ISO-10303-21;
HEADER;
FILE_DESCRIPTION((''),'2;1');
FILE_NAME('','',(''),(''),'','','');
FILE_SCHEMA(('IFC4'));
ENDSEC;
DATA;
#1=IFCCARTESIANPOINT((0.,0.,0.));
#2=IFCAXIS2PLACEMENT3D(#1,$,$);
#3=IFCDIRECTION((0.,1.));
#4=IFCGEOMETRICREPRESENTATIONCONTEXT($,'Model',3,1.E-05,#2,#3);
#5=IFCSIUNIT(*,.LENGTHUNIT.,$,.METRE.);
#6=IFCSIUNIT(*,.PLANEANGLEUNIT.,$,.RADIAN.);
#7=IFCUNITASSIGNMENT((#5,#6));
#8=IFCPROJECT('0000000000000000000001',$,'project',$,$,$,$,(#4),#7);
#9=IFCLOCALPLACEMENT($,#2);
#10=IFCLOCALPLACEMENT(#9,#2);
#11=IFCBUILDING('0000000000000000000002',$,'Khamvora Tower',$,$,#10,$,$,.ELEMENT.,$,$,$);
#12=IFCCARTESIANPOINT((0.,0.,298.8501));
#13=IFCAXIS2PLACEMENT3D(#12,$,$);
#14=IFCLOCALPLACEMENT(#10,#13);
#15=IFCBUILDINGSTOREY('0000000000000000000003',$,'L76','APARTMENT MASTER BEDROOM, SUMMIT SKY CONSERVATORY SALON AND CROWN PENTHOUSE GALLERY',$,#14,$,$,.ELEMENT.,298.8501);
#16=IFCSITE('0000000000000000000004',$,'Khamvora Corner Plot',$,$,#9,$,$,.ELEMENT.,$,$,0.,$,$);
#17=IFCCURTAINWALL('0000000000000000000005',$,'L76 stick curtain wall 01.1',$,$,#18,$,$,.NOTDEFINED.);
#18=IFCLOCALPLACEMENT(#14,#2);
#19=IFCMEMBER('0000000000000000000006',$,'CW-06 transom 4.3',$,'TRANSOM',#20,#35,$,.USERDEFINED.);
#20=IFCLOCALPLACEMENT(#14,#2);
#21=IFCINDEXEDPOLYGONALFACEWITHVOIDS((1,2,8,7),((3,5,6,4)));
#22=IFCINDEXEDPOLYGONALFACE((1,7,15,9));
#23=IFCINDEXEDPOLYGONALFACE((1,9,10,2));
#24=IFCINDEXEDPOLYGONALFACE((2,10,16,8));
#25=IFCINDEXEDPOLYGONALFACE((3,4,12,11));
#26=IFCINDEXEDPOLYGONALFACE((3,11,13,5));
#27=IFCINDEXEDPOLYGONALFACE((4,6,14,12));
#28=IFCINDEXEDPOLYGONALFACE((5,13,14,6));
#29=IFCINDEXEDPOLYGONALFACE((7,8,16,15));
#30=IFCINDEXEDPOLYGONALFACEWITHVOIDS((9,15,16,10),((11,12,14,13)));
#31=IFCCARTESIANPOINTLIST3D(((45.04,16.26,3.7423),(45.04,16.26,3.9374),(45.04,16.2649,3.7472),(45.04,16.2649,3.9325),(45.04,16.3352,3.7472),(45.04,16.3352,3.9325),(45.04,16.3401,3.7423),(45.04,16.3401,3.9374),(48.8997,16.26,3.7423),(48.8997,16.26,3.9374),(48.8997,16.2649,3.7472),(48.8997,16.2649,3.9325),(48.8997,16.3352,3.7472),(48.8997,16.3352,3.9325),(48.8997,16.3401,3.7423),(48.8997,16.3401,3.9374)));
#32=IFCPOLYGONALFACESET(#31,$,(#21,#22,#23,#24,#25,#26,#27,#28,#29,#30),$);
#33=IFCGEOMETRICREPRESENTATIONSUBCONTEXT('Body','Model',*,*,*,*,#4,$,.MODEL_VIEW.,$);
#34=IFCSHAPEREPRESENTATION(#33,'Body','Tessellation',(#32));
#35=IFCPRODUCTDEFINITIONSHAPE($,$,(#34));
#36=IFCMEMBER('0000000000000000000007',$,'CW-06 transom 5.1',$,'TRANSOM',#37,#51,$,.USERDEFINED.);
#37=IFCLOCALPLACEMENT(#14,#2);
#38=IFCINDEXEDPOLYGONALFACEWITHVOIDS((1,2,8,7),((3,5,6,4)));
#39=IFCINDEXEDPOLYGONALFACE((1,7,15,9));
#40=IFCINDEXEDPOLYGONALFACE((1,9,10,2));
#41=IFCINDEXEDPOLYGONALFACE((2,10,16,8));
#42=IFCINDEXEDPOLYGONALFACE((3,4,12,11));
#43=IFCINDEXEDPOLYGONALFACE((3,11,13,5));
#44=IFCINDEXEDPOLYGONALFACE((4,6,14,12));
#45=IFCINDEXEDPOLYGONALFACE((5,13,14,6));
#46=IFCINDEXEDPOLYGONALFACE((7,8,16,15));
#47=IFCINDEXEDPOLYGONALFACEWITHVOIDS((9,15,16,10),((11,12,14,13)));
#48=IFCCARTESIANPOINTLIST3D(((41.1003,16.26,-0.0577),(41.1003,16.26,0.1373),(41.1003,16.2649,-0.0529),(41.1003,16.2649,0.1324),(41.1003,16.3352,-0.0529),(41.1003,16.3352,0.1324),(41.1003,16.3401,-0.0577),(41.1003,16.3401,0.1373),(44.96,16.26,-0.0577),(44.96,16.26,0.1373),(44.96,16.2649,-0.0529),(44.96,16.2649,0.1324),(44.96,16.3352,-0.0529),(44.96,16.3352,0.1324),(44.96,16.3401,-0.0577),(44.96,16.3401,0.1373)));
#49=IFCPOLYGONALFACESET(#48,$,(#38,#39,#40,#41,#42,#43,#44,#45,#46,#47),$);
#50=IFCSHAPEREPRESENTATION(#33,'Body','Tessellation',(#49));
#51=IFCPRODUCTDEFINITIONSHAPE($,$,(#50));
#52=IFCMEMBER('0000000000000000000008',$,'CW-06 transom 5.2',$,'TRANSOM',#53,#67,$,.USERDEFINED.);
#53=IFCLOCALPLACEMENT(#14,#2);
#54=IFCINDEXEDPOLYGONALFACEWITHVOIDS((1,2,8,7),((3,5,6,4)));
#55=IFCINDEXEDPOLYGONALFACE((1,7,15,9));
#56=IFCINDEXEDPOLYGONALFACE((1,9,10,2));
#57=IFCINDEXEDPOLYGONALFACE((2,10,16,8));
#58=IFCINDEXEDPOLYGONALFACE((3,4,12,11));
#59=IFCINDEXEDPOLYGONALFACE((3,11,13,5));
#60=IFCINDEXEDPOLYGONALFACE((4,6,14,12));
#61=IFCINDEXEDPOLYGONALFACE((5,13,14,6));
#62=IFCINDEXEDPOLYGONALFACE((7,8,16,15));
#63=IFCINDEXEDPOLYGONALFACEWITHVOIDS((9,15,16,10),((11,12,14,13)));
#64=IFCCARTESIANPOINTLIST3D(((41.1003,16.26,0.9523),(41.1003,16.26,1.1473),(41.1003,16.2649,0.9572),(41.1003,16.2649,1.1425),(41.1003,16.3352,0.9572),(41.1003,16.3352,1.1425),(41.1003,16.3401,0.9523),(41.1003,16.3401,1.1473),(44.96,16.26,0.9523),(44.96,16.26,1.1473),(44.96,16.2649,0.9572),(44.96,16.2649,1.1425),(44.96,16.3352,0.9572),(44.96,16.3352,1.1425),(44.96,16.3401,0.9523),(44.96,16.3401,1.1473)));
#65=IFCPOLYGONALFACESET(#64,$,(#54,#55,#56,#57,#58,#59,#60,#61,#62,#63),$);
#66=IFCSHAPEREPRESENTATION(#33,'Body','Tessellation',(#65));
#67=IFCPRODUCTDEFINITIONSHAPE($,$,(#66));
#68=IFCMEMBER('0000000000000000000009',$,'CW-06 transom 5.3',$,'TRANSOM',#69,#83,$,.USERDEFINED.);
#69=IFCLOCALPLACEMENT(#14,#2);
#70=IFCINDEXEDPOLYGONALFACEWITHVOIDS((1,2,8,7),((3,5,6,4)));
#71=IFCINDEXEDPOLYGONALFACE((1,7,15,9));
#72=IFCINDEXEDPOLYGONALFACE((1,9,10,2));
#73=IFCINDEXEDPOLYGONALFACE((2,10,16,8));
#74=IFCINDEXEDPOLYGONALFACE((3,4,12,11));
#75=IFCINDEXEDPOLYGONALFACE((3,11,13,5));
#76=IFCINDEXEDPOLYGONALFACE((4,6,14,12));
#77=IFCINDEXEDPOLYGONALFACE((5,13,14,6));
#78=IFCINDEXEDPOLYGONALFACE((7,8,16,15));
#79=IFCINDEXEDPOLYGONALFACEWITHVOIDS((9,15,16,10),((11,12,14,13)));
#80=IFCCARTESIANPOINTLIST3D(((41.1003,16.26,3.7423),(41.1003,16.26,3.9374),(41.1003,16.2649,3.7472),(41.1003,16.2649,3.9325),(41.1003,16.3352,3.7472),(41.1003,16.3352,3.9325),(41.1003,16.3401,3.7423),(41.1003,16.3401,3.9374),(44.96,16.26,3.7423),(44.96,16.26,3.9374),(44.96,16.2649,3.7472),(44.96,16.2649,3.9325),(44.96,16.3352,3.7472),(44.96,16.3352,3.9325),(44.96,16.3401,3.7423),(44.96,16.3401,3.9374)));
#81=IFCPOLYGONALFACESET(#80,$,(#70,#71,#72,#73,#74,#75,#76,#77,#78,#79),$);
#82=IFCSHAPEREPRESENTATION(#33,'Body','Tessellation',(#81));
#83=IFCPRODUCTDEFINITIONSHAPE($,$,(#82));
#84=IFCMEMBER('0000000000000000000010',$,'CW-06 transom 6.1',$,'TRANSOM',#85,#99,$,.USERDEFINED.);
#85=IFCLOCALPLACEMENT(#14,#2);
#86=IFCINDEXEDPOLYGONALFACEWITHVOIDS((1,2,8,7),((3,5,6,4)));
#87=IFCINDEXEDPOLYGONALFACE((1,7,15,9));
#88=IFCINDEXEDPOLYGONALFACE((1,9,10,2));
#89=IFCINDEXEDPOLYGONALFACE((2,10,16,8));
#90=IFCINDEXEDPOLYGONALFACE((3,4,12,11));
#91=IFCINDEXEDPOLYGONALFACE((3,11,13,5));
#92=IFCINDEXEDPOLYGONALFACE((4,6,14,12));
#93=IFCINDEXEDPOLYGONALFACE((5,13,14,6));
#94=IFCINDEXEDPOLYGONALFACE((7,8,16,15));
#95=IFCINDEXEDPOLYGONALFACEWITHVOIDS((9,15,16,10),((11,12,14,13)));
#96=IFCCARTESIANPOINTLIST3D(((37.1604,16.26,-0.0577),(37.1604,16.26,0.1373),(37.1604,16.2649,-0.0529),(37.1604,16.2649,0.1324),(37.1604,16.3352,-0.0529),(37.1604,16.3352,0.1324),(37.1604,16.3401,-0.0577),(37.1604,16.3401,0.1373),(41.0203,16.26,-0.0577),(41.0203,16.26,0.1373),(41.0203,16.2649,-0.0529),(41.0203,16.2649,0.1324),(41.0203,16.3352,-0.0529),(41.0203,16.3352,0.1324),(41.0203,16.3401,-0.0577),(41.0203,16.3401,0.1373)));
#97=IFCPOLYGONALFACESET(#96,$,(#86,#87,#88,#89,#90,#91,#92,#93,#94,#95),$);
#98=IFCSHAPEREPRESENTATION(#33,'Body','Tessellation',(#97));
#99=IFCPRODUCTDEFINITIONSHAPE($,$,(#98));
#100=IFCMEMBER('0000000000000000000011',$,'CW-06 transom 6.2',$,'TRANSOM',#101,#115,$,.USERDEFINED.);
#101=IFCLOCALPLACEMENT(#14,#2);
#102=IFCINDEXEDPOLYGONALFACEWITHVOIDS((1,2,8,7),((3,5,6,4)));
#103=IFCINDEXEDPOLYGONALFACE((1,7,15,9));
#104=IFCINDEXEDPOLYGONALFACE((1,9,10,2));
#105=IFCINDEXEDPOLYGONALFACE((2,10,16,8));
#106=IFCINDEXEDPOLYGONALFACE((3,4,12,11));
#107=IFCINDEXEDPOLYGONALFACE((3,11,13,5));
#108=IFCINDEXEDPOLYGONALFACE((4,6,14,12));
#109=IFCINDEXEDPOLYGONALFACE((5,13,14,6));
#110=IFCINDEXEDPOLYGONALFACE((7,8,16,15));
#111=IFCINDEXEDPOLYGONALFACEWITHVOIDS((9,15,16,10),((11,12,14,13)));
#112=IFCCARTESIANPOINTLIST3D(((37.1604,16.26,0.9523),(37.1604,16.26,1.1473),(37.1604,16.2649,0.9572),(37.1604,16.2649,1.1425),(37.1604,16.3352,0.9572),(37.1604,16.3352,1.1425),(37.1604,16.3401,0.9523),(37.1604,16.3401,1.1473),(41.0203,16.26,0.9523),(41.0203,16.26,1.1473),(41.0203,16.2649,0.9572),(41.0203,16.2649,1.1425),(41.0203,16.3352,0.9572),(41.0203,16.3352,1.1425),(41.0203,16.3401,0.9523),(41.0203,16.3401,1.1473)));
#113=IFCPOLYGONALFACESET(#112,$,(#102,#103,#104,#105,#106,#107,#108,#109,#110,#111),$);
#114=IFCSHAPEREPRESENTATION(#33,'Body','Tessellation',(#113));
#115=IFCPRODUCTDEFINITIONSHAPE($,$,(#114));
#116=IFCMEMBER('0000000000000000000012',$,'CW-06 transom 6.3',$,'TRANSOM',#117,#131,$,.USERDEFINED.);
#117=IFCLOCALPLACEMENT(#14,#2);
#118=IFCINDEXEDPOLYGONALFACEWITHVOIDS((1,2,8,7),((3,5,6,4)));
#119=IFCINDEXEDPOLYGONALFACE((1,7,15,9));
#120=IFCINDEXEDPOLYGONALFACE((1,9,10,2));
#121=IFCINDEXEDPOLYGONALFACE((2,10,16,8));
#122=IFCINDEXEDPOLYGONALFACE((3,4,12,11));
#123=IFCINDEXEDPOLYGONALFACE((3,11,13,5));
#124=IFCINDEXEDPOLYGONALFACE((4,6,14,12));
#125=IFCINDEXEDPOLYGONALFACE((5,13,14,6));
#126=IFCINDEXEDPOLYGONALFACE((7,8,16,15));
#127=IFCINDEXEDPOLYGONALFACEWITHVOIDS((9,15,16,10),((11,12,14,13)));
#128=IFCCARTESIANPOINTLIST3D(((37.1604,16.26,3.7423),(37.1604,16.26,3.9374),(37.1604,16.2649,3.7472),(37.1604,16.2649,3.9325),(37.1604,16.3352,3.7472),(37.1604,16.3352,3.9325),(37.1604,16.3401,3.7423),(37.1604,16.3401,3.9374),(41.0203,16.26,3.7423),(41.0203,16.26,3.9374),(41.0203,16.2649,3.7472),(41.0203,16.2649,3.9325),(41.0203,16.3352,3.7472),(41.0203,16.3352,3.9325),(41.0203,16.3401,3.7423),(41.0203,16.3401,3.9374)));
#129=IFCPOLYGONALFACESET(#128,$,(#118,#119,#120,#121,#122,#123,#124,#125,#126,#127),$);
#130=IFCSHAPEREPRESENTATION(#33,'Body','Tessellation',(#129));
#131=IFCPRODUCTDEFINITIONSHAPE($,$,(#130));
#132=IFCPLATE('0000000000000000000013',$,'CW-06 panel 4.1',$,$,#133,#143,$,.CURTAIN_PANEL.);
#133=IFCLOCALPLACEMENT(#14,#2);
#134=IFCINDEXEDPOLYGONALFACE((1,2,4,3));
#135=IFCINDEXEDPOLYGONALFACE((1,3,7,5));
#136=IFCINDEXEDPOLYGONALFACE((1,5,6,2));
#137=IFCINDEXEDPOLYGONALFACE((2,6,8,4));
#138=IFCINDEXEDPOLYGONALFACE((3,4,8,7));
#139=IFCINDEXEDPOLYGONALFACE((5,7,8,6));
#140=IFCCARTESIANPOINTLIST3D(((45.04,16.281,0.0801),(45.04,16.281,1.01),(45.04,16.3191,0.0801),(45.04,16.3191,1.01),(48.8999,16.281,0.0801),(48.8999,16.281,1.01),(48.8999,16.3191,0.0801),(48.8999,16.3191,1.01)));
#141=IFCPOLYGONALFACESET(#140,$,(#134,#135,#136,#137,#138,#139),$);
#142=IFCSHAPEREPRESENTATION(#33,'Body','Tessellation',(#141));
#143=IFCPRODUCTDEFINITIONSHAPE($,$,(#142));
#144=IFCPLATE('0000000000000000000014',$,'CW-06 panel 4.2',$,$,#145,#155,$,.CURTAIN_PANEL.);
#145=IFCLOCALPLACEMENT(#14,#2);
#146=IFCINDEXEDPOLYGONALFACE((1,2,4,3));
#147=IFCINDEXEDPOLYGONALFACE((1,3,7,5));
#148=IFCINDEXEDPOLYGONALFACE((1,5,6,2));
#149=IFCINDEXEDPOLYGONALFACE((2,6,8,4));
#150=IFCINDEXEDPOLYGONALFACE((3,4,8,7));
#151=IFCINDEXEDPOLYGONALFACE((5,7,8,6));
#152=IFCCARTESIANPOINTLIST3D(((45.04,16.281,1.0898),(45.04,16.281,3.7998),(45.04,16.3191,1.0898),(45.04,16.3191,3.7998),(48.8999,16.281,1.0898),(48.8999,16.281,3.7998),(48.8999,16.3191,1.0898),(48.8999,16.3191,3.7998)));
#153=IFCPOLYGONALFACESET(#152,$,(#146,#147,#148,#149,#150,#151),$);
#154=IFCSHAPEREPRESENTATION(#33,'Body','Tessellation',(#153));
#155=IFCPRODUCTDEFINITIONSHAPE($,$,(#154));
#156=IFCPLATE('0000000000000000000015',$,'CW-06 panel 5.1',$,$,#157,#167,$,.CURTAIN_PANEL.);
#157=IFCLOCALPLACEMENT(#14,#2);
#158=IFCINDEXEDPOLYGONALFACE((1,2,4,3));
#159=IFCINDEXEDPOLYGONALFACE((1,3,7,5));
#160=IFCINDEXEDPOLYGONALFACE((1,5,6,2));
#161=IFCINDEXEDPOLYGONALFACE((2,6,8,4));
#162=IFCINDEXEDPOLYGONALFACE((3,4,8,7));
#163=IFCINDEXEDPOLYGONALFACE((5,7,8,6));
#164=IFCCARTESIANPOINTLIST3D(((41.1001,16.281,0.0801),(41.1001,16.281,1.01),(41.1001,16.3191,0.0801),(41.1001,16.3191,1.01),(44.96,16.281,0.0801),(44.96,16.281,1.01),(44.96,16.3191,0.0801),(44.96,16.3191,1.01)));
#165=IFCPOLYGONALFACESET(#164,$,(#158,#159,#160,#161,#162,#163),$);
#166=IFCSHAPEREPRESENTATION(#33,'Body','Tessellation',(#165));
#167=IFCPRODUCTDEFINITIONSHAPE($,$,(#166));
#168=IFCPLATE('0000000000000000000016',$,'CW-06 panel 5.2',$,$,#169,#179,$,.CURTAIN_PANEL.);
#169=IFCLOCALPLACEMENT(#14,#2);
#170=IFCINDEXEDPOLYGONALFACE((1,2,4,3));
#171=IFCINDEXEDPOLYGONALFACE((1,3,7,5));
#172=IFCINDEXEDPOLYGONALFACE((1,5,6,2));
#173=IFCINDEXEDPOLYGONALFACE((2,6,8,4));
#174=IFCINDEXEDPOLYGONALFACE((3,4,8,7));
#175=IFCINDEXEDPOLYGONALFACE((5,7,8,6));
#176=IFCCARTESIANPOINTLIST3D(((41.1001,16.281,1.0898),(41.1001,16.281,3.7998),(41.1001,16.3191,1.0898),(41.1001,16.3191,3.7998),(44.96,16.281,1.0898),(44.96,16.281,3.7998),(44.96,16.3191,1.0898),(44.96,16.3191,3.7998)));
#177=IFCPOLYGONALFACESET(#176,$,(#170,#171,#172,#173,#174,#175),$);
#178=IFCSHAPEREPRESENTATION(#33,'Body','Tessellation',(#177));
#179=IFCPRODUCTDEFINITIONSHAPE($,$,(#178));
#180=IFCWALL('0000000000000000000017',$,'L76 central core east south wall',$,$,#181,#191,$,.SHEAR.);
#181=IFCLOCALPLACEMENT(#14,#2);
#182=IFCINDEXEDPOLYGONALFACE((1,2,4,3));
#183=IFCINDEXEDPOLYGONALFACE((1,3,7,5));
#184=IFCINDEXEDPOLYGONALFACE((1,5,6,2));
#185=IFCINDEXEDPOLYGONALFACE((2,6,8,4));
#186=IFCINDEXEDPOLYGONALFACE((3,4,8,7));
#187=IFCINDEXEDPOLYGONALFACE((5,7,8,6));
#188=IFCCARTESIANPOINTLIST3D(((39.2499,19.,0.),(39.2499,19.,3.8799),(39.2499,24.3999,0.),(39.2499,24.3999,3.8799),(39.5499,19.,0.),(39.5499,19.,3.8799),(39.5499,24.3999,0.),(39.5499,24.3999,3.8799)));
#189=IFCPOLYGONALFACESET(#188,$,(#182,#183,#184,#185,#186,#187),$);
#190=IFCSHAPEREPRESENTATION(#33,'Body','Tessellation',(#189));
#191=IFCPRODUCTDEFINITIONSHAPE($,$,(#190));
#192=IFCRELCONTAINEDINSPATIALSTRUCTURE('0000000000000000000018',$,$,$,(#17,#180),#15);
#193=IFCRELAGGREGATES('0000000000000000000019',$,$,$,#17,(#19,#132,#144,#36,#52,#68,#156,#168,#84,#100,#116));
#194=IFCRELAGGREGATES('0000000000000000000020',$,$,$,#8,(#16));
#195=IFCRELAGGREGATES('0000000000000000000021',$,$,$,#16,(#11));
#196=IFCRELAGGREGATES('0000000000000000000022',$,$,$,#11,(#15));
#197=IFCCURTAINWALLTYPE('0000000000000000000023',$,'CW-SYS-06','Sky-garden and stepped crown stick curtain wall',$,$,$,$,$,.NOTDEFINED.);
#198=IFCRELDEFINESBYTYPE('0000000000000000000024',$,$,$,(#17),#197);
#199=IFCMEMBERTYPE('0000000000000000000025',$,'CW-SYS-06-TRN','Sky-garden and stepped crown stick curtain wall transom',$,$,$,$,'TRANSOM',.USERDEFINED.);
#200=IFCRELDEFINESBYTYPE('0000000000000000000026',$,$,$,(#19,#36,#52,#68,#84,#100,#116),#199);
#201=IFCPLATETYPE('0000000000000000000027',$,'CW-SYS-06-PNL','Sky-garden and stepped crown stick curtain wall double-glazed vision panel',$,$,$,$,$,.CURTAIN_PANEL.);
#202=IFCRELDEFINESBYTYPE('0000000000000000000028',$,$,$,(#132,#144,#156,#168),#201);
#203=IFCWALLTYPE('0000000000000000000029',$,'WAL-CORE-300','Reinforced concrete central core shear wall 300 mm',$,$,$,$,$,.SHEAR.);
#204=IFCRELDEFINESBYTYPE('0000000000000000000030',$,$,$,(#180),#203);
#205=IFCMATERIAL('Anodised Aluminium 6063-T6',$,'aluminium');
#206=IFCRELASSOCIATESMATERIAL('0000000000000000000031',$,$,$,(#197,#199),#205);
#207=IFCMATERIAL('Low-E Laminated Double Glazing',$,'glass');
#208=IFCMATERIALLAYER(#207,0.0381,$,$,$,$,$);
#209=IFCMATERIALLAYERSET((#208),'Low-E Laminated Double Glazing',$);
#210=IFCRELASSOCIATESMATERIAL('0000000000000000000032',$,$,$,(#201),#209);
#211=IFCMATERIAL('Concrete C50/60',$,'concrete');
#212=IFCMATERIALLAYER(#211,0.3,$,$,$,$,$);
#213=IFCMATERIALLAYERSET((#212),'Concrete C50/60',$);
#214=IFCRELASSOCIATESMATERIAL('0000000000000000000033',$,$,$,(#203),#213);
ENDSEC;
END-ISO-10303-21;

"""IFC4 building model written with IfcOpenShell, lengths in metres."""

from ifc_helpers import new_model, si_unit, direction, frame, frame_2d, origin, origin_2d, place, context, subcontext, project, spatial, rectangle, hollow_rectangle, extrude, material, layer, layer_set, material_profile, profile_set, type_object, element, aggregate, save


model = new_model("IFC4")

# Units and contexts
model_context = context("Model", 3, precision=1e-05, world=origin(), true_north=direction((0.0, 1.0)))
body_context = subcontext(model_context, "Body", "Model", "MODEL_VIEW")
ifc_project = project(units=[si_unit("LENGTHUNIT", "METRE"), si_unit("PLANEANGLEUNIT", "RADIAN")], contexts=[model_context])

# Site, building, storey
site_placement = place(None, origin())
site = spatial("IfcSite", under=ifc_project, at=site_placement, Name="Khamvora Corner Plot", CompositionType="ELEMENT", RefElevation=0.0)
building_placement = place(site_placement, origin())
building = spatial("IfcBuilding", under=site, at=building_placement, Name="Khamvora Tower", CompositionType="ELEMENT")
storey_placement = place(building_placement, frame((0.0, 0.0, 298.8501)))
storey = spatial("IfcBuildingStorey", under=building, at=storey_placement, Name="L76", Description="APARTMENT MASTER BEDROOM, SUMMIT SKY CONSERVATORY SALON AND CROWN PENTHOUSE GALLERY", CompositionType="ELEMENT", Elevation=298.8501)

# Curtain wall, members, plates
ifc_material_1 = material(Name="Anodised Aluminium 6063-T6", Category="aluminium")
curtain_wall_type = type_object("IfcCurtainWallType", Name="CW-SYS-06", Description="Sky-garden and stepped crown stick curtain wall", PredefinedType="NOTDEFINED", material=ifc_material_1)
curtain_wall_placement = place(storey_placement, origin())
curtain_wall = element("IfcCurtainWall", 1, at=curtain_wall_placement, inside=storey, type_object=curtain_wall_type, Name="L76 stick curtain wall 01.1", PredefinedType="NOTDEFINED")
ifc_material_profile_1 = material_profile(ifc_material_1, hollow_rectangle(XDim=0.0801, YDim=0.1951, WallThickness=0.0049, at=origin_2d()), Name="TRN80x195x5")
ifc_profile_set_1 = profile_set([ifc_material_profile_1], Name="Anodised Aluminium 6063-T6")
member_type_1 = type_object("IfcMemberType", Name="CW-SYS-06-TRN", Description="Sky-garden and stepped crown stick curtain wall transom", ElementType="TRANSOM", PredefinedType="USERDEFINED", material=ifc_profile_set_1)
member_1_placement = place(storey_placement, frame((48.8997, 16.3, 3.8398), z_axis=(-1.0, 0.0, 0.0), x_axis=(0.0, -1.0, 0.0)))
member_1 = element("IfcMember", 2, at=member_1_placement, type_object=member_type_1, Name="CW-06 transom 4.3", ObjectType="TRANSOM", PredefinedType="USERDEFINED", context=body_context, shape_type="SweptSolid", body=[
    extrude(hollow_rectangle(XDim=0.0801, YDim=0.1951, WallThickness=0.0049, at=origin_2d()), origin(), (0.0, 0.0, 1.0), 3.8596),
])
member_2_placement = place(storey_placement, frame((44.96, 16.3, 0.0398), z_axis=(-1.0, 0.0, 0.0), x_axis=(0.0, -1.0, 0.0)))
member_2 = element("IfcMember", 3, at=member_2_placement, type_object=member_type_1, Name="CW-06 transom 5.1", ObjectType="TRANSOM", PredefinedType="USERDEFINED", context=body_context, shape_type="SweptSolid", body=[
    extrude(hollow_rectangle(XDim=0.0801, YDim=0.1951, WallThickness=0.0049, at=origin_2d()), origin(), (0.0, 0.0, 1.0), 3.8596),
])
member_3_placement = place(storey_placement, frame((44.96, 16.3, 1.0498), z_axis=(-1.0, 0.0, 0.0), x_axis=(0.0, -1.0, 0.0)))
member_3 = element("IfcMember", 4, at=member_3_placement, type_object=member_type_1, Name="CW-06 transom 5.2", ObjectType="TRANSOM", PredefinedType="USERDEFINED", context=body_context, shape_type="SweptSolid", body=[
    extrude(hollow_rectangle(XDim=0.0801, YDim=0.1951, WallThickness=0.0049, at=origin_2d()), origin(), (0.0, 0.0, 1.0), 3.8596),
])
member_4_placement = place(storey_placement, frame((44.96, 16.3, 3.8398), z_axis=(-1.0, 0.0, 0.0), x_axis=(0.0, -1.0, 0.0)))
member_4 = element("IfcMember", 5, at=member_4_placement, type_object=member_type_1, Name="CW-06 transom 5.3", ObjectType="TRANSOM", PredefinedType="USERDEFINED", context=body_context, shape_type="SweptSolid", body=[
    extrude(hollow_rectangle(XDim=0.0801, YDim=0.1951, WallThickness=0.0049, at=origin_2d()), origin(), (0.0, 0.0, 1.0), 3.8596),
])
member_5_placement = place(storey_placement, frame((41.0203, 16.3, 0.0398), z_axis=(-1.0, 0.0, 0.0), x_axis=(0.0, -1.0, 0.0)))
member_5 = element("IfcMember", 6, at=member_5_placement, type_object=member_type_1, Name="CW-06 transom 6.1", ObjectType="TRANSOM", PredefinedType="USERDEFINED", context=body_context, shape_type="SweptSolid", body=[
    extrude(hollow_rectangle(XDim=0.0801, YDim=0.1951, WallThickness=0.0049, at=origin_2d()), origin(), (0.0, 0.0, 1.0), 3.8599),
])
member_6_placement = place(storey_placement, frame((41.0203, 16.3, 1.0498), z_axis=(-1.0, 0.0, 0.0), x_axis=(0.0, -1.0, 0.0)))
member_6 = element("IfcMember", 7, at=member_6_placement, type_object=member_type_1, Name="CW-06 transom 6.2", ObjectType="TRANSOM", PredefinedType="USERDEFINED", context=body_context, shape_type="SweptSolid", body=[
    extrude(hollow_rectangle(XDim=0.0801, YDim=0.1951, WallThickness=0.0049, at=origin_2d()), origin(), (0.0, 0.0, 1.0), 3.8599),
])
member_7_placement = place(storey_placement, frame((41.0203, 16.3, 3.8398), z_axis=(-1.0, 0.0, 0.0), x_axis=(0.0, -1.0, 0.0)))
member_7 = element("IfcMember", 8, at=member_7_placement, type_object=member_type_1, Name="CW-06 transom 6.3", ObjectType="TRANSOM", PredefinedType="USERDEFINED", context=body_context, shape_type="SweptSolid", body=[
    extrude(hollow_rectangle(XDim=0.0801, YDim=0.1951, WallThickness=0.0049, at=origin_2d()), origin(), (0.0, 0.0, 1.0), 3.8599),
])
ifc_material_2 = material(Name="Low-E Laminated Double Glazing", Category="glass")
ifc_layer_1 = layer(ifc_material_2, 0.0381)
ifc_layer_set_1 = layer_set([ifc_layer_1], Name="Low-E Laminated Double Glazing")
plate_type = type_object("IfcPlateType", Name="CW-SYS-06-PNL", Description="Sky-garden and stepped crown stick curtain wall double-glazed vision panel", PredefinedType="CURTAIN_PANEL", material=ifc_layer_set_1)
plate_1_placement = place(storey_placement, frame((46.97, 16.3, 0.0801), z_axis=(0.0, 0.0, 1.0), x_axis=(-1.0, 0.0, 0.0)))
plate_1 = element("IfcPlate", 9, at=plate_1_placement, type_object=plate_type, Name="CW-06 panel 4.1", PredefinedType="CURTAIN_PANEL", context=body_context, shape_type="SweptSolid", body=[
    extrude(rectangle(XDim=3.8599, YDim=0.0381, at=origin_2d()), origin(), (0.0, 0.0, 1.0), 0.9299),
])
plate_2_placement = place(storey_placement, frame((46.97, 16.3, 1.0898), z_axis=(0.0, 0.0, 1.0), x_axis=(-1.0, 0.0, 0.0)))
plate_2 = element("IfcPlate", 10, at=plate_2_placement, type_object=plate_type, Name="CW-06 panel 4.2", PredefinedType="CURTAIN_PANEL", context=body_context, shape_type="SweptSolid", body=[
    extrude(rectangle(XDim=3.8599, YDim=0.0381, at=origin_2d()), origin(), (0.0, 0.0, 1.0), 2.71),
])
plate_3_placement = place(storey_placement, frame((43.03, 16.3, 0.0801), z_axis=(0.0, 0.0, 1.0), x_axis=(-1.0, 0.0, 0.0)))
plate_3 = element("IfcPlate", 11, at=plate_3_placement, type_object=plate_type, Name="CW-06 panel 5.1", PredefinedType="CURTAIN_PANEL", context=body_context, shape_type="SweptSolid", body=[
    extrude(rectangle(XDim=3.8599, YDim=0.0381, at=origin_2d()), origin(), (0.0, 0.0, 1.0), 0.9299),
])
plate_4_placement = place(storey_placement, frame((43.03, 16.3, 1.0898), z_axis=(0.0, 0.0, 1.0), x_axis=(-1.0, 0.0, 0.0)))
plate_4 = element("IfcPlate", 12, at=plate_4_placement, type_object=plate_type, Name="CW-06 panel 5.2", PredefinedType="CURTAIN_PANEL", context=body_context, shape_type="SweptSolid", body=[
    extrude(rectangle(XDim=3.8599, YDim=0.0381, at=origin_2d()), origin(), (0.0, 0.0, 1.0), 2.71),
])
aggregate(curtain_wall, [member_1, plate_1, plate_2, member_2, member_3, member_4, plate_3, plate_4, member_5, member_6, member_7])

# Wall
ifc_material_3 = material(Name="Concrete C50/60", Category="concrete")
ifc_layer_2 = layer(ifc_material_3, 0.3)
ifc_layer_set_2 = layer_set([ifc_layer_2], Name="Concrete C50/60")
wall_type_1 = type_object("IfcWallType", Name="WAL-CORE-300", Description="Reinforced concrete central core shear wall 300 mm", PredefinedType="SHEAR", material=ifc_layer_set_2)
wall_1_placement = place(storey_placement, frame((39.3999, 19.0, 0.0), z_axis=(0.0, 0.0, 1.0), x_axis=(0.0, 1.0, 0.0)))
element("IfcWall", 13, at=wall_1_placement, inside=storey, type_object=wall_type_1, Name="L76 central core east south wall", PredefinedType="SHEAR", context=body_context, shape_type="SweptSolid", body=[
    extrude(rectangle(XDim=5.3999, YDim=0.3, at=frame_2d((2.7, 0.0))), origin(), (0.0, 0.0, 1.0), 3.8799),
])

save(model, "model.ifc")
